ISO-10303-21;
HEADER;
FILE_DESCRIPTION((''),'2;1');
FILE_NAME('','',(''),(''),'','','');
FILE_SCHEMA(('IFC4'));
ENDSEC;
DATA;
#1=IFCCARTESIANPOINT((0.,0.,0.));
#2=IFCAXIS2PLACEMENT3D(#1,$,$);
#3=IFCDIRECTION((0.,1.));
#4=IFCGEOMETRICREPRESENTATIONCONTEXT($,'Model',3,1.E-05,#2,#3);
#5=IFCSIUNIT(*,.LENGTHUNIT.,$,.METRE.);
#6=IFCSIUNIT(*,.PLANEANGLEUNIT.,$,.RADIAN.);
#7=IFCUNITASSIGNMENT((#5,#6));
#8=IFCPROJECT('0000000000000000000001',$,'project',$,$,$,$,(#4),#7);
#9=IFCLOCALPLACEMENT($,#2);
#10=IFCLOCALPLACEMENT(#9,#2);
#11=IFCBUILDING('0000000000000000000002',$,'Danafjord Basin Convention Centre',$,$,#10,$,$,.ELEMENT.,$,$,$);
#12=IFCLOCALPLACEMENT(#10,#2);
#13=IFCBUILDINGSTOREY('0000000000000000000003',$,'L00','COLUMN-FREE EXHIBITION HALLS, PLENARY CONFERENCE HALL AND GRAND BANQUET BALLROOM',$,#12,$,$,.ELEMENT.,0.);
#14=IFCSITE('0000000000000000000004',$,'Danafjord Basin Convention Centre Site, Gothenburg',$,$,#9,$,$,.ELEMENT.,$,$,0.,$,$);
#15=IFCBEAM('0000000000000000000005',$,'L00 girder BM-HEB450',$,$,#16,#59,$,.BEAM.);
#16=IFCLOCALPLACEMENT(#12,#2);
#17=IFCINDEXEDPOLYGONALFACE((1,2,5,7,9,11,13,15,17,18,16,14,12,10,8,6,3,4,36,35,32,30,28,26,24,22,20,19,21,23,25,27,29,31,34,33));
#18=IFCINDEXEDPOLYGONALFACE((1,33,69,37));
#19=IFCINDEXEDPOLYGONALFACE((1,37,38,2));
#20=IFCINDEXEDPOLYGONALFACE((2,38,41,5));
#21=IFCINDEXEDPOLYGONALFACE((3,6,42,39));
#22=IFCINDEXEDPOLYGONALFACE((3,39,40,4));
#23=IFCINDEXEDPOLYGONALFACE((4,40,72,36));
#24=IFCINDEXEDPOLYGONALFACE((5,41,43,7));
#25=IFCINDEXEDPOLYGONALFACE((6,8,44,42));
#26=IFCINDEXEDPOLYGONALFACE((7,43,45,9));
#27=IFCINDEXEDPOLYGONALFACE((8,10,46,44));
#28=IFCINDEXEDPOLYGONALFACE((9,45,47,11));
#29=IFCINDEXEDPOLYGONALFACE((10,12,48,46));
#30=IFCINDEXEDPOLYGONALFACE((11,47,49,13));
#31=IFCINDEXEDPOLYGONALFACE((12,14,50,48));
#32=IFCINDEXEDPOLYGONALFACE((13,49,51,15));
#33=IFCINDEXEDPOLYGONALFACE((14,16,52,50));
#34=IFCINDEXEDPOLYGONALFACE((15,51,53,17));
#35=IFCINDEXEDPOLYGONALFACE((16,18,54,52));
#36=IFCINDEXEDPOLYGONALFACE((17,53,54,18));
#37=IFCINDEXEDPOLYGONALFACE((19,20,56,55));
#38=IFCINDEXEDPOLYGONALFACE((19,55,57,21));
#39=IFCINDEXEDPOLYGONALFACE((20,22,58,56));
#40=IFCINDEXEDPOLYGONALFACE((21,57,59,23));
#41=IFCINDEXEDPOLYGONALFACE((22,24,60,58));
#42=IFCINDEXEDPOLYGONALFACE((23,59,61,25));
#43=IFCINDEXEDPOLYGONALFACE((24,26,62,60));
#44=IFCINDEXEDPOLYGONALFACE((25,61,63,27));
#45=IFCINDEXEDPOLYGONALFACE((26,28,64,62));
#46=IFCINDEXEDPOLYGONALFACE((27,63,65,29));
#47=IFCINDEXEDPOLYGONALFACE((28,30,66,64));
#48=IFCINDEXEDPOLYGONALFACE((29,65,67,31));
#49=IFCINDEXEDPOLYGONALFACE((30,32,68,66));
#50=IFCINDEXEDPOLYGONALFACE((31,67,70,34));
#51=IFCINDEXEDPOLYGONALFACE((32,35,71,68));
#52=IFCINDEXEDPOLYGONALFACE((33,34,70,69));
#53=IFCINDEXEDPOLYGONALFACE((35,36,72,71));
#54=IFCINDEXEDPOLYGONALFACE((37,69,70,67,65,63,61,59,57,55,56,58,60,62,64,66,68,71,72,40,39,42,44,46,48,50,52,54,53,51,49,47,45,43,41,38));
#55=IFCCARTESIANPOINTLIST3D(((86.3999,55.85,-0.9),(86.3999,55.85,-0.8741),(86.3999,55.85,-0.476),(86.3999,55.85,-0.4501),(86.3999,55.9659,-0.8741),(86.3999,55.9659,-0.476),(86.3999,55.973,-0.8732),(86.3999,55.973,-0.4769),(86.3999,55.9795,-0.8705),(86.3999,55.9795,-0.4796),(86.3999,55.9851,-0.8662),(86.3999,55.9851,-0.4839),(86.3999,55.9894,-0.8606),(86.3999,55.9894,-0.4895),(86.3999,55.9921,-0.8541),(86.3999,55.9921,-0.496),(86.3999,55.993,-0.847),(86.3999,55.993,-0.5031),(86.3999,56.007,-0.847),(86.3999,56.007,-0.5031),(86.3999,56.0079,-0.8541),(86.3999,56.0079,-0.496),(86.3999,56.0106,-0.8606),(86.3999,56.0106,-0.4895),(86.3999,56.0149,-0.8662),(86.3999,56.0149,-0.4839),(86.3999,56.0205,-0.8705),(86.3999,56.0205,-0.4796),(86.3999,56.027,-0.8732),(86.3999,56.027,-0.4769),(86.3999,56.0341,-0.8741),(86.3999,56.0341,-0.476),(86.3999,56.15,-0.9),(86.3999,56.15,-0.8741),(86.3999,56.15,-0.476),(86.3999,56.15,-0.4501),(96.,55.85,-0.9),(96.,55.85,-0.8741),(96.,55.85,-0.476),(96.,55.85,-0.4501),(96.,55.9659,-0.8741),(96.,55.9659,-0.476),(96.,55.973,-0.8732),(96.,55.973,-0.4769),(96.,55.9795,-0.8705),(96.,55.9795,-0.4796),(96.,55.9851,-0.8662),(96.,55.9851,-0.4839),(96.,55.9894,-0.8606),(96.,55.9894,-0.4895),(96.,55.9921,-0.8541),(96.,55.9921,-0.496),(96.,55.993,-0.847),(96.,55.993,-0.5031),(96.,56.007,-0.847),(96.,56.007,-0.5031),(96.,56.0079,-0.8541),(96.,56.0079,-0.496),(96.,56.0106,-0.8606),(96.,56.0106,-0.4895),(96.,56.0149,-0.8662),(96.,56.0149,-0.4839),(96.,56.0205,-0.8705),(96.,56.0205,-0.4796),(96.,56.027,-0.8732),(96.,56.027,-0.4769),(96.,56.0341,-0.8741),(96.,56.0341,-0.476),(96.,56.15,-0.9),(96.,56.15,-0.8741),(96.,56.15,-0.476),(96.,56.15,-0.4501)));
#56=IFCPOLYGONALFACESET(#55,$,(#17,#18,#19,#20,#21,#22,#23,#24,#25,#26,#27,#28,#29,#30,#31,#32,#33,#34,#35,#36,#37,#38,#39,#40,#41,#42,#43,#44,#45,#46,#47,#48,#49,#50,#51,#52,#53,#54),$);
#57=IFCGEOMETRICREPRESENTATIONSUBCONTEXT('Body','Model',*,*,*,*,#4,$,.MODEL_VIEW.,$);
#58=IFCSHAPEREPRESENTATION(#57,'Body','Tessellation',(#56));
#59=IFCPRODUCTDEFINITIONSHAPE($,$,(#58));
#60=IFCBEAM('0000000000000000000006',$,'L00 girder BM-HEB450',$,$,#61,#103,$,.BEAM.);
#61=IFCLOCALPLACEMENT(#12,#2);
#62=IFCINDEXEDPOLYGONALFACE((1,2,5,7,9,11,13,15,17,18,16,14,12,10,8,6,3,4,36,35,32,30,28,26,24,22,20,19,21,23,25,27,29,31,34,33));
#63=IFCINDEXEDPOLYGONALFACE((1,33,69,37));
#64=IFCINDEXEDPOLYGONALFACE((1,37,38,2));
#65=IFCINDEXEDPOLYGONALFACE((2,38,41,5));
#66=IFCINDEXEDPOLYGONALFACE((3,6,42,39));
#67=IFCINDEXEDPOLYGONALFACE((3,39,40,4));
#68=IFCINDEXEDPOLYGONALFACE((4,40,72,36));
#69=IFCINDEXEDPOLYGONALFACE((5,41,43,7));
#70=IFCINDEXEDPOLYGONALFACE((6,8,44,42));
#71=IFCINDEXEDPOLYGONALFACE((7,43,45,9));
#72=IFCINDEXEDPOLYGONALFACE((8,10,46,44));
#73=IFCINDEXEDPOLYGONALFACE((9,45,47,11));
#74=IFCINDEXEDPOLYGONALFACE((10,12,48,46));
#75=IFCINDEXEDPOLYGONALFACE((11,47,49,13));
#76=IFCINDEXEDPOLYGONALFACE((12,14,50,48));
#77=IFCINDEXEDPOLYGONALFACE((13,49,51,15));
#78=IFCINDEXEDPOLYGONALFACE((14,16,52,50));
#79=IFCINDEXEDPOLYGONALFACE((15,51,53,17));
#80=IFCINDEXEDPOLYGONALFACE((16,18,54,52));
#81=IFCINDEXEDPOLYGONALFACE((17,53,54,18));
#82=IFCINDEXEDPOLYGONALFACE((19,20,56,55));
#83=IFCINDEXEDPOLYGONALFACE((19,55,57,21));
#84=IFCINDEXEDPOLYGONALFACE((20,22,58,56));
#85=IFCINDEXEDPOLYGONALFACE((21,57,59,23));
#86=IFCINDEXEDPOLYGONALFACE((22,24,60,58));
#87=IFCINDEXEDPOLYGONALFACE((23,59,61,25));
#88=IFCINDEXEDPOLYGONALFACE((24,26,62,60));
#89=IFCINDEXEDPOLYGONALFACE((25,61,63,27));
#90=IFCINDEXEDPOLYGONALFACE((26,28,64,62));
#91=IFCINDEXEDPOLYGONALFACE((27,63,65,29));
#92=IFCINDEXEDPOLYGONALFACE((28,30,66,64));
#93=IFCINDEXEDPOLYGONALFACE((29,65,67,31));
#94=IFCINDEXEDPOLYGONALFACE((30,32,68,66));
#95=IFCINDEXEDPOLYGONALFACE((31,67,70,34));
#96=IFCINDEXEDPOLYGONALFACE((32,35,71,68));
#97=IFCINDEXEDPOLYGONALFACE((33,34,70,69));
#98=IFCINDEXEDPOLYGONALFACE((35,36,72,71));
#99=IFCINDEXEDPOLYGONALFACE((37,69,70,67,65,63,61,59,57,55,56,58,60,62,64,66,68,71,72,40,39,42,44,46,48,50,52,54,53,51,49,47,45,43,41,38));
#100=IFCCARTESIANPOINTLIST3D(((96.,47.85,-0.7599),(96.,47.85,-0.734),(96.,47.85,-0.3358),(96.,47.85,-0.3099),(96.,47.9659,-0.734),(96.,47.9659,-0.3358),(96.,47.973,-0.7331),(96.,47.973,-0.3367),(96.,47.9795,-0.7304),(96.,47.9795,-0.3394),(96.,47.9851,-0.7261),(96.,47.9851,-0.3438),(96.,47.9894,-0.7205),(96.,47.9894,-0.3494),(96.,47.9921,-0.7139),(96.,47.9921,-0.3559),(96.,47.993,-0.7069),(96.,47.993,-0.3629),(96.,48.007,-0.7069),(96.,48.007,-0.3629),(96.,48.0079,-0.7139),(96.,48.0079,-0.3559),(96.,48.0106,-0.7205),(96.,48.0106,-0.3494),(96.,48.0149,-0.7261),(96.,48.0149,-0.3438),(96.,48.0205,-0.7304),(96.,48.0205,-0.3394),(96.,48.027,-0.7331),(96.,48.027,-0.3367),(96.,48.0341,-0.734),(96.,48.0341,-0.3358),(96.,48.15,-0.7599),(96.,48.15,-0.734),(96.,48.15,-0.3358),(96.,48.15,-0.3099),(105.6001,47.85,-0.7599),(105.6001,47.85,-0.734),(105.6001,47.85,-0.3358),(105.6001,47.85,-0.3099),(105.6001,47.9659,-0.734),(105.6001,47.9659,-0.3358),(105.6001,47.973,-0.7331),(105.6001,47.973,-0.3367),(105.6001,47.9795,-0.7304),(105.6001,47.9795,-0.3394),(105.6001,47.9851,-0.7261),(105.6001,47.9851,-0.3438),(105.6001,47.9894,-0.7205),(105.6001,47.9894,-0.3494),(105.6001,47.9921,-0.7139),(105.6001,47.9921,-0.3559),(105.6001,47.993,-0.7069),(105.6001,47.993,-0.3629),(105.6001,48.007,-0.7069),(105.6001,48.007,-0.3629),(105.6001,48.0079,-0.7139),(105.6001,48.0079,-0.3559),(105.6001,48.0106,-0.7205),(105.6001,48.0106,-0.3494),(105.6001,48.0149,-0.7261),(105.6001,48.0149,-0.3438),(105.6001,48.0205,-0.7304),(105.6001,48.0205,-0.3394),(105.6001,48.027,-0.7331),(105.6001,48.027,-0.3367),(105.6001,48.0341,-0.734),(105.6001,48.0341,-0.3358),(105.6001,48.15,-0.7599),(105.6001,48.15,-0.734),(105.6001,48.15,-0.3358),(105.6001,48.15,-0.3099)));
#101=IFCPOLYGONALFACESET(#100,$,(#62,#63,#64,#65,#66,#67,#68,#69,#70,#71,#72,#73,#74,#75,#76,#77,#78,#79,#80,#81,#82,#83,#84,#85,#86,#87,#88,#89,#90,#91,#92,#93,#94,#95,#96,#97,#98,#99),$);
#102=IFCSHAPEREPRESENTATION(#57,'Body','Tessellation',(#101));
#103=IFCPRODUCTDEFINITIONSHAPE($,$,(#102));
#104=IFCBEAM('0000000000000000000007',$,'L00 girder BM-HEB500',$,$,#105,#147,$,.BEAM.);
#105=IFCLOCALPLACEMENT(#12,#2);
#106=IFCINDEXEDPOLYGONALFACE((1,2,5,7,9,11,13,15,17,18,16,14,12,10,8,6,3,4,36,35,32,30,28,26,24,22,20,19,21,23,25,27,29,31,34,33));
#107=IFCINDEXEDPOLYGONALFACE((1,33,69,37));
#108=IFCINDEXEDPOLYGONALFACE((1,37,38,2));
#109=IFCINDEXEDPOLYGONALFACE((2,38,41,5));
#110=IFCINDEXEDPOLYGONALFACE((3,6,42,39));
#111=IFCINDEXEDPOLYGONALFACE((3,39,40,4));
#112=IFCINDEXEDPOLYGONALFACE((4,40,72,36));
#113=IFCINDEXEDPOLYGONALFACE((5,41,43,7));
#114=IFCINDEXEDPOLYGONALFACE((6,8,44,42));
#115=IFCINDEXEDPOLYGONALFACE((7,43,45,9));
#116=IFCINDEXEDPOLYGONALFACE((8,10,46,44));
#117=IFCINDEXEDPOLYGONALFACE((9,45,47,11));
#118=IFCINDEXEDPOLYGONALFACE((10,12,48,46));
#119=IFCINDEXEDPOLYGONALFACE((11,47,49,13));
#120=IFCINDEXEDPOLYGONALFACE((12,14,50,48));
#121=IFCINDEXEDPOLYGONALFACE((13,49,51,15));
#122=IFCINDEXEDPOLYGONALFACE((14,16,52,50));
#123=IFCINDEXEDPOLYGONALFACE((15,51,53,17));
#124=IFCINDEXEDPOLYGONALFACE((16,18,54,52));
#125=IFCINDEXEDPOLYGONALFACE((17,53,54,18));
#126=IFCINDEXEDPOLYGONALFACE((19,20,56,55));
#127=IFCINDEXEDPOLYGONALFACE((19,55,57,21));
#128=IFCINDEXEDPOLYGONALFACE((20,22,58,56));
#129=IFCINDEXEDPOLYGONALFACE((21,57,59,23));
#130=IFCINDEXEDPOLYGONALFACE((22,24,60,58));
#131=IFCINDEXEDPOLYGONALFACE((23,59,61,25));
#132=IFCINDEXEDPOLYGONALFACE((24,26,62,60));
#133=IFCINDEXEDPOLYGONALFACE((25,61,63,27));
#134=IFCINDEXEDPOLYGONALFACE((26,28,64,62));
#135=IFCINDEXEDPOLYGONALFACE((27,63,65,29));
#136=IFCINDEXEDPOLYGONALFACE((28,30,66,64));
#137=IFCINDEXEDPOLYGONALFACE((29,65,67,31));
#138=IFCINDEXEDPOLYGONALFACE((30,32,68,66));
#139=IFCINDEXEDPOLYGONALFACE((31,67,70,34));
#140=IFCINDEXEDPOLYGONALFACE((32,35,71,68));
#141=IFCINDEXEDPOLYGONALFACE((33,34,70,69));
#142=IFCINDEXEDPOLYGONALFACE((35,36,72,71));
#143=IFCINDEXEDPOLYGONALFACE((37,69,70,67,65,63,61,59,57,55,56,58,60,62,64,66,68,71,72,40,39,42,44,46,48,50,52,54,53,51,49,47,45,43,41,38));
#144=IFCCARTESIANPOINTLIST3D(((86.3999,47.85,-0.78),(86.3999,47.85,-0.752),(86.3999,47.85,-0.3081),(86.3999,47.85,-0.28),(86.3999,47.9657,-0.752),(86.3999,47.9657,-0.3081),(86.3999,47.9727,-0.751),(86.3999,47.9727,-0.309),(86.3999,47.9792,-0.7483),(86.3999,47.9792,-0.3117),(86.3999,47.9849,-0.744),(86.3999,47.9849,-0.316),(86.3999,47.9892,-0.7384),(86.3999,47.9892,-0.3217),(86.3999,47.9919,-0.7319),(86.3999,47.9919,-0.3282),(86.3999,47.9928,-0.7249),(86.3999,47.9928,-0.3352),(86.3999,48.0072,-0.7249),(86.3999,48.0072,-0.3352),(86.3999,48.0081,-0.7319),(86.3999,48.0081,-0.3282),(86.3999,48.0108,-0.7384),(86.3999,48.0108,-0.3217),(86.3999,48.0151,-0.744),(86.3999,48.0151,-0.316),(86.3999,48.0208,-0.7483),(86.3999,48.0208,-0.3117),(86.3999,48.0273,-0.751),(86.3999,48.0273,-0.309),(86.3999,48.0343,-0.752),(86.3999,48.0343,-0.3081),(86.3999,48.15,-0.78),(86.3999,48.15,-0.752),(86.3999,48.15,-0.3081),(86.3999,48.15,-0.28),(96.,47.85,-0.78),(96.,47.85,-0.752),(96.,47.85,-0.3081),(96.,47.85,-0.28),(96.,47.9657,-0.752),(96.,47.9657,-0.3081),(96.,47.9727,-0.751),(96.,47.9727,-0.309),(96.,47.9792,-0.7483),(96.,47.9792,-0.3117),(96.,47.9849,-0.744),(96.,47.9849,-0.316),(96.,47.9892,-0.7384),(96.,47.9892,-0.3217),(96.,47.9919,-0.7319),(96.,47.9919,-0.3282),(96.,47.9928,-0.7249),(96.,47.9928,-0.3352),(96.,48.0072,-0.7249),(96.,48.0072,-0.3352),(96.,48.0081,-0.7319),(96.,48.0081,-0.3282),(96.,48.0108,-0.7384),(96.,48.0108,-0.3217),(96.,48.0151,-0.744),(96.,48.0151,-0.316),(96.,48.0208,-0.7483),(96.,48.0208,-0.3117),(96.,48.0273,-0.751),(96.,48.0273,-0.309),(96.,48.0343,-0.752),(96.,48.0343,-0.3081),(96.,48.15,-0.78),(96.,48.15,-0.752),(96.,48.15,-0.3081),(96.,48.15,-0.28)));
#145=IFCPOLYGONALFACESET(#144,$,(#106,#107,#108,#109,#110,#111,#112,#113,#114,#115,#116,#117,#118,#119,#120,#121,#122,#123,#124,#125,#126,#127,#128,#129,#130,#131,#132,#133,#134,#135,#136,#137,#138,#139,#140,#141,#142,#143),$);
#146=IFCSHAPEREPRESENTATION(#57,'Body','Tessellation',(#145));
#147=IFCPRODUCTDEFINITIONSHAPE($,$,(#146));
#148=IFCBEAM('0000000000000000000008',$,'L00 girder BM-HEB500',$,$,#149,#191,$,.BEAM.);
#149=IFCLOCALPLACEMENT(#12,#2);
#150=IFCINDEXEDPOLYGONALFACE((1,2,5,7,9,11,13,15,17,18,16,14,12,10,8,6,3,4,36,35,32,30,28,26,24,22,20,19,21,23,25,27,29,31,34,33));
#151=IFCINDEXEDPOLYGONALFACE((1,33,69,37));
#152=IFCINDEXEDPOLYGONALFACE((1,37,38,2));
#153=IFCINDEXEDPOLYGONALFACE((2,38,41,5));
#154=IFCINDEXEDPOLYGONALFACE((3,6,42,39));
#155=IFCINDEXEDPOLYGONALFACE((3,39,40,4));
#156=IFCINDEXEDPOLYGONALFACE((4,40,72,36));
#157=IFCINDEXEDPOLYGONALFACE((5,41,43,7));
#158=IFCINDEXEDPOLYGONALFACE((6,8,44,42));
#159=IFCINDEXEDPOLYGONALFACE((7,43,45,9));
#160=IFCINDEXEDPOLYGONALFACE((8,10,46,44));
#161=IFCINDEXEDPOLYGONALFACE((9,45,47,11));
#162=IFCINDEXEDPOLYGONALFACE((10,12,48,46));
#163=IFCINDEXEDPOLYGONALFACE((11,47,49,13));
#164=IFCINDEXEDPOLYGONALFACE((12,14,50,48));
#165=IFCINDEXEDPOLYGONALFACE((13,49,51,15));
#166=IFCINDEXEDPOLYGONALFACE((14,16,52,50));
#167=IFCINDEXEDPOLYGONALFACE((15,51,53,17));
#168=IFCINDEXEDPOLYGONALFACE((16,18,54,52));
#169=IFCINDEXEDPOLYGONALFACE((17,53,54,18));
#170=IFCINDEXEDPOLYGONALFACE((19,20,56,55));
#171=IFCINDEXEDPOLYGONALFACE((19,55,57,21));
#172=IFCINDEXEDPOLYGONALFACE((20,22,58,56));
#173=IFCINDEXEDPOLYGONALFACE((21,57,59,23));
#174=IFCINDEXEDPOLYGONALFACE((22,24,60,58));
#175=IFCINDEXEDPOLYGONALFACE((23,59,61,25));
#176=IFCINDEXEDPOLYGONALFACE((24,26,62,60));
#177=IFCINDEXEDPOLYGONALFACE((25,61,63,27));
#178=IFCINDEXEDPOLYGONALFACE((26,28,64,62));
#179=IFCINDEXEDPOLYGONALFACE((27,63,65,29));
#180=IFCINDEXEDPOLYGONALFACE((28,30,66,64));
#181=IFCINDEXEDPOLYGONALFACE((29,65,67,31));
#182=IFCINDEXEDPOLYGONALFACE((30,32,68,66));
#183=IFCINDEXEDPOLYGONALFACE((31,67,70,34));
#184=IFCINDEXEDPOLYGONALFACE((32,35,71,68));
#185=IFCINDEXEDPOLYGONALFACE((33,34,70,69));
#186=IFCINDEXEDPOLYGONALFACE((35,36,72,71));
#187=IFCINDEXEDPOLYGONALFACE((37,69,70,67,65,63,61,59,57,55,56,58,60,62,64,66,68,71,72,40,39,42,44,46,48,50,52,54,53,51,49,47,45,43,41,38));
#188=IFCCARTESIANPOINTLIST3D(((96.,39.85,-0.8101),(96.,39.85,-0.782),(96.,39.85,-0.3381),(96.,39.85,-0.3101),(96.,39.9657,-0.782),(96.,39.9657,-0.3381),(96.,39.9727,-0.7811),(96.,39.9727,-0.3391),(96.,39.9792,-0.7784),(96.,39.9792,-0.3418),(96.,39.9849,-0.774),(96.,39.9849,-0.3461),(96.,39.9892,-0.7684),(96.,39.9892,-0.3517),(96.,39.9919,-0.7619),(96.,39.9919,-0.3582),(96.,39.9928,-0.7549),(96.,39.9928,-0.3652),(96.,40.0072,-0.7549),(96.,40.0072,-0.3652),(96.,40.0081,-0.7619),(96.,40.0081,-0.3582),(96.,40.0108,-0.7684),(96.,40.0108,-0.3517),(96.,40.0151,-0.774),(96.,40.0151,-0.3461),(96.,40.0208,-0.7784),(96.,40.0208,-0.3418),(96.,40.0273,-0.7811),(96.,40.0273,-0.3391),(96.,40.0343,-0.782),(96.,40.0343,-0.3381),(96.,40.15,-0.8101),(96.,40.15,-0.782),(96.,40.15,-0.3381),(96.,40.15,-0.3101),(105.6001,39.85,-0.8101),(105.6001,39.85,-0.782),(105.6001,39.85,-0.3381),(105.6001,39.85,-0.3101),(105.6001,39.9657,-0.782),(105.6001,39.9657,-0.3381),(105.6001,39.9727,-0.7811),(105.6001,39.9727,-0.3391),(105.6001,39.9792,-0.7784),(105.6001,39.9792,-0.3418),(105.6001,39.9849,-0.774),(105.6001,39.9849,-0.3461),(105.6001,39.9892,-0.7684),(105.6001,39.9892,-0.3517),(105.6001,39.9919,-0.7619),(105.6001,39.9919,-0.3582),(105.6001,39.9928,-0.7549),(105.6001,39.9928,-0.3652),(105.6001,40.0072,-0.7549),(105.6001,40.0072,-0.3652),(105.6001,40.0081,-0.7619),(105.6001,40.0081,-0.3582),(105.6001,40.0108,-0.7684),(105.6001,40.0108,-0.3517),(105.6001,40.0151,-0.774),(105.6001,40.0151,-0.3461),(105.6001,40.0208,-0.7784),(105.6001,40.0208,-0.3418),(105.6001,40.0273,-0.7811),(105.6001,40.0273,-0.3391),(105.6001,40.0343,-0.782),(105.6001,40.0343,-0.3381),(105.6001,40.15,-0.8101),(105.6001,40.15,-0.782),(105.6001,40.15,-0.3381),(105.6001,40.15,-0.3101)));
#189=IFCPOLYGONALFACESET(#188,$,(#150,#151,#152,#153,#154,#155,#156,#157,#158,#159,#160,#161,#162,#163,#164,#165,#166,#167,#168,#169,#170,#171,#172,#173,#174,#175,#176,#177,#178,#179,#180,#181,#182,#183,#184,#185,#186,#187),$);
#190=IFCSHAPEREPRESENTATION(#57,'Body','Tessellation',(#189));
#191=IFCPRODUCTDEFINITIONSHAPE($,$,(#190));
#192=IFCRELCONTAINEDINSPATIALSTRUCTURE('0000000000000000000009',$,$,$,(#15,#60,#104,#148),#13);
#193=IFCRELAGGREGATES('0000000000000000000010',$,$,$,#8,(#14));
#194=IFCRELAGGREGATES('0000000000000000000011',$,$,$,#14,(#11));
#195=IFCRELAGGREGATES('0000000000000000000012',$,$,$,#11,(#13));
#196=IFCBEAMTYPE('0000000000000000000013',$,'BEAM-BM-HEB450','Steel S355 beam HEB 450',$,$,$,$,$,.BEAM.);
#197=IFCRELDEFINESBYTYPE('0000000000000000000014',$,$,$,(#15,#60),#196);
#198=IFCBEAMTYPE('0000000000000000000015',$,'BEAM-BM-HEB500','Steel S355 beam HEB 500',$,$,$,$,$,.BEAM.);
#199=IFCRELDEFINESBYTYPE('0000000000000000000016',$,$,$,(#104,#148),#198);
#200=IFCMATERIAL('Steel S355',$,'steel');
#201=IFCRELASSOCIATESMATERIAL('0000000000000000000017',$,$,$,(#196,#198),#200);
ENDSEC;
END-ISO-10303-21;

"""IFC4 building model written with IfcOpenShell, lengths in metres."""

from ifc_helpers import new_model, si_unit, direction, frame, origin, origin_2d, place, context, subcontext, project, spatial, i_section, extrude, material, material_profile, profile_set, type_object, element, save


model = new_model("IFC4")

# Units and contexts
model_context = context("Model", 3, precision=1e-05, world=origin(), true_north=direction((0.0, 1.0)))
body_context = subcontext(model_context, "Body", "Model", "MODEL_VIEW")
ifc_project = project(units=[si_unit("LENGTHUNIT", "METRE"), si_unit("PLANEANGLEUNIT", "RADIAN")], contexts=[model_context])

# Site, building, storey
site_placement = place(None, origin())
site = spatial("IfcSite", under=ifc_project, at=site_placement, Name="Danafjord Basin Convention Centre Site, Gothenburg", CompositionType="ELEMENT", RefElevation=0.0)
building_placement = place(site_placement, origin())
building = spatial("IfcBuilding", under=site, at=building_placement, Name="Danafjord Basin Convention Centre", CompositionType="ELEMENT")
storey_placement = place(building_placement, origin())
storey = spatial("IfcBuildingStorey", under=building, at=storey_placement, Name="L00", Description="COLUMN-FREE EXHIBITION HALLS, PLENARY CONFERENCE HALL AND GRAND BANQUET BALLROOM", CompositionType="ELEMENT", Elevation=0.0)

# Shared definitions
ifc_material_1 = material(Name="Steel S355", Category="steel")

# Beams
ifc_material_profile_1 = material_profile(ifc_material_1, i_section(OverallWidth=0.3, OverallDepth=0.45, WebThickness=0.0139, FlangeThickness=0.0259, FilletRadius=0.0271, at=origin_2d()), Name="HEB 450")
ifc_profile_set_1 = profile_set([ifc_material_profile_1], Name="Steel S355")
beam_type_1 = type_object("IfcBeamType", Name="BEAM-BM-HEB450", Description="Steel S355 beam HEB 450", PredefinedType="BEAM", material=ifc_profile_set_1)
for number, where, z_axis, x_axis, name in (
    (1, (86.3999, 56.0, -0.675), (1.0, 0.0, 0.0), (0.0, 1.0, 0.0), "L00 girder BM-HEB450"),
    (2, (96.0, 48.0, -0.5349), (1.0, 0.0, 0.0), (0.0, 1.0, 0.0), "L00 girder BM-HEB450"),
):
    element("IfcBeam", number, at=place(storey_placement, frame(where, z_axis=z_axis, x_axis=x_axis)), inside=storey, type_object=beam_type_1, Name=name, PredefinedType="BEAM", context=body_context, shape_type="SweptSolid", body=[
        extrude(i_section(OverallWidth=0.3, OverallDepth=0.45, WebThickness=0.0139, FlangeThickness=0.0259, FilletRadius=0.0271, at=origin_2d()), origin(), (0.0, 0.0, 1.0), 9.6001),
    ])
ifc_material_profile_2 = material_profile(ifc_material_1, i_section(OverallWidth=0.3, OverallDepth=0.5, WebThickness=0.0144, FlangeThickness=0.0281, FilletRadius=0.0271, at=origin_2d()), Name="HEB 500")
ifc_profile_set_2 = profile_set([ifc_material_profile_2], Name="Steel S355")
beam_type_2 = type_object("IfcBeamType", Name="BEAM-BM-HEB500", Description="Steel S355 beam HEB 500", PredefinedType="BEAM", material=ifc_profile_set_2)
for number, where, z_axis, x_axis, name in (
    (3, (86.3999, 48.0, -0.53), (1.0, 0.0, 0.0), (0.0, 1.0, 0.0), "L00 girder BM-HEB500"),
    (4, (96.0, 40.0, -0.5601), (1.0, 0.0, 0.0), (0.0, 1.0, 0.0), "L00 girder BM-HEB500"),
):
    element("IfcBeam", number, at=place(storey_placement, frame(where, z_axis=z_axis, x_axis=x_axis)), inside=storey, type_object=beam_type_2, Name=name, PredefinedType="BEAM", context=body_context, shape_type="SweptSolid", body=[
        extrude(i_section(OverallWidth=0.3, OverallDepth=0.5, WebThickness=0.0144, FlangeThickness=0.0281, FilletRadius=0.0271, at=origin_2d()), origin(), (0.0, 0.0, 1.0), 9.6001),
    ])

save(model, "model.ifc")
